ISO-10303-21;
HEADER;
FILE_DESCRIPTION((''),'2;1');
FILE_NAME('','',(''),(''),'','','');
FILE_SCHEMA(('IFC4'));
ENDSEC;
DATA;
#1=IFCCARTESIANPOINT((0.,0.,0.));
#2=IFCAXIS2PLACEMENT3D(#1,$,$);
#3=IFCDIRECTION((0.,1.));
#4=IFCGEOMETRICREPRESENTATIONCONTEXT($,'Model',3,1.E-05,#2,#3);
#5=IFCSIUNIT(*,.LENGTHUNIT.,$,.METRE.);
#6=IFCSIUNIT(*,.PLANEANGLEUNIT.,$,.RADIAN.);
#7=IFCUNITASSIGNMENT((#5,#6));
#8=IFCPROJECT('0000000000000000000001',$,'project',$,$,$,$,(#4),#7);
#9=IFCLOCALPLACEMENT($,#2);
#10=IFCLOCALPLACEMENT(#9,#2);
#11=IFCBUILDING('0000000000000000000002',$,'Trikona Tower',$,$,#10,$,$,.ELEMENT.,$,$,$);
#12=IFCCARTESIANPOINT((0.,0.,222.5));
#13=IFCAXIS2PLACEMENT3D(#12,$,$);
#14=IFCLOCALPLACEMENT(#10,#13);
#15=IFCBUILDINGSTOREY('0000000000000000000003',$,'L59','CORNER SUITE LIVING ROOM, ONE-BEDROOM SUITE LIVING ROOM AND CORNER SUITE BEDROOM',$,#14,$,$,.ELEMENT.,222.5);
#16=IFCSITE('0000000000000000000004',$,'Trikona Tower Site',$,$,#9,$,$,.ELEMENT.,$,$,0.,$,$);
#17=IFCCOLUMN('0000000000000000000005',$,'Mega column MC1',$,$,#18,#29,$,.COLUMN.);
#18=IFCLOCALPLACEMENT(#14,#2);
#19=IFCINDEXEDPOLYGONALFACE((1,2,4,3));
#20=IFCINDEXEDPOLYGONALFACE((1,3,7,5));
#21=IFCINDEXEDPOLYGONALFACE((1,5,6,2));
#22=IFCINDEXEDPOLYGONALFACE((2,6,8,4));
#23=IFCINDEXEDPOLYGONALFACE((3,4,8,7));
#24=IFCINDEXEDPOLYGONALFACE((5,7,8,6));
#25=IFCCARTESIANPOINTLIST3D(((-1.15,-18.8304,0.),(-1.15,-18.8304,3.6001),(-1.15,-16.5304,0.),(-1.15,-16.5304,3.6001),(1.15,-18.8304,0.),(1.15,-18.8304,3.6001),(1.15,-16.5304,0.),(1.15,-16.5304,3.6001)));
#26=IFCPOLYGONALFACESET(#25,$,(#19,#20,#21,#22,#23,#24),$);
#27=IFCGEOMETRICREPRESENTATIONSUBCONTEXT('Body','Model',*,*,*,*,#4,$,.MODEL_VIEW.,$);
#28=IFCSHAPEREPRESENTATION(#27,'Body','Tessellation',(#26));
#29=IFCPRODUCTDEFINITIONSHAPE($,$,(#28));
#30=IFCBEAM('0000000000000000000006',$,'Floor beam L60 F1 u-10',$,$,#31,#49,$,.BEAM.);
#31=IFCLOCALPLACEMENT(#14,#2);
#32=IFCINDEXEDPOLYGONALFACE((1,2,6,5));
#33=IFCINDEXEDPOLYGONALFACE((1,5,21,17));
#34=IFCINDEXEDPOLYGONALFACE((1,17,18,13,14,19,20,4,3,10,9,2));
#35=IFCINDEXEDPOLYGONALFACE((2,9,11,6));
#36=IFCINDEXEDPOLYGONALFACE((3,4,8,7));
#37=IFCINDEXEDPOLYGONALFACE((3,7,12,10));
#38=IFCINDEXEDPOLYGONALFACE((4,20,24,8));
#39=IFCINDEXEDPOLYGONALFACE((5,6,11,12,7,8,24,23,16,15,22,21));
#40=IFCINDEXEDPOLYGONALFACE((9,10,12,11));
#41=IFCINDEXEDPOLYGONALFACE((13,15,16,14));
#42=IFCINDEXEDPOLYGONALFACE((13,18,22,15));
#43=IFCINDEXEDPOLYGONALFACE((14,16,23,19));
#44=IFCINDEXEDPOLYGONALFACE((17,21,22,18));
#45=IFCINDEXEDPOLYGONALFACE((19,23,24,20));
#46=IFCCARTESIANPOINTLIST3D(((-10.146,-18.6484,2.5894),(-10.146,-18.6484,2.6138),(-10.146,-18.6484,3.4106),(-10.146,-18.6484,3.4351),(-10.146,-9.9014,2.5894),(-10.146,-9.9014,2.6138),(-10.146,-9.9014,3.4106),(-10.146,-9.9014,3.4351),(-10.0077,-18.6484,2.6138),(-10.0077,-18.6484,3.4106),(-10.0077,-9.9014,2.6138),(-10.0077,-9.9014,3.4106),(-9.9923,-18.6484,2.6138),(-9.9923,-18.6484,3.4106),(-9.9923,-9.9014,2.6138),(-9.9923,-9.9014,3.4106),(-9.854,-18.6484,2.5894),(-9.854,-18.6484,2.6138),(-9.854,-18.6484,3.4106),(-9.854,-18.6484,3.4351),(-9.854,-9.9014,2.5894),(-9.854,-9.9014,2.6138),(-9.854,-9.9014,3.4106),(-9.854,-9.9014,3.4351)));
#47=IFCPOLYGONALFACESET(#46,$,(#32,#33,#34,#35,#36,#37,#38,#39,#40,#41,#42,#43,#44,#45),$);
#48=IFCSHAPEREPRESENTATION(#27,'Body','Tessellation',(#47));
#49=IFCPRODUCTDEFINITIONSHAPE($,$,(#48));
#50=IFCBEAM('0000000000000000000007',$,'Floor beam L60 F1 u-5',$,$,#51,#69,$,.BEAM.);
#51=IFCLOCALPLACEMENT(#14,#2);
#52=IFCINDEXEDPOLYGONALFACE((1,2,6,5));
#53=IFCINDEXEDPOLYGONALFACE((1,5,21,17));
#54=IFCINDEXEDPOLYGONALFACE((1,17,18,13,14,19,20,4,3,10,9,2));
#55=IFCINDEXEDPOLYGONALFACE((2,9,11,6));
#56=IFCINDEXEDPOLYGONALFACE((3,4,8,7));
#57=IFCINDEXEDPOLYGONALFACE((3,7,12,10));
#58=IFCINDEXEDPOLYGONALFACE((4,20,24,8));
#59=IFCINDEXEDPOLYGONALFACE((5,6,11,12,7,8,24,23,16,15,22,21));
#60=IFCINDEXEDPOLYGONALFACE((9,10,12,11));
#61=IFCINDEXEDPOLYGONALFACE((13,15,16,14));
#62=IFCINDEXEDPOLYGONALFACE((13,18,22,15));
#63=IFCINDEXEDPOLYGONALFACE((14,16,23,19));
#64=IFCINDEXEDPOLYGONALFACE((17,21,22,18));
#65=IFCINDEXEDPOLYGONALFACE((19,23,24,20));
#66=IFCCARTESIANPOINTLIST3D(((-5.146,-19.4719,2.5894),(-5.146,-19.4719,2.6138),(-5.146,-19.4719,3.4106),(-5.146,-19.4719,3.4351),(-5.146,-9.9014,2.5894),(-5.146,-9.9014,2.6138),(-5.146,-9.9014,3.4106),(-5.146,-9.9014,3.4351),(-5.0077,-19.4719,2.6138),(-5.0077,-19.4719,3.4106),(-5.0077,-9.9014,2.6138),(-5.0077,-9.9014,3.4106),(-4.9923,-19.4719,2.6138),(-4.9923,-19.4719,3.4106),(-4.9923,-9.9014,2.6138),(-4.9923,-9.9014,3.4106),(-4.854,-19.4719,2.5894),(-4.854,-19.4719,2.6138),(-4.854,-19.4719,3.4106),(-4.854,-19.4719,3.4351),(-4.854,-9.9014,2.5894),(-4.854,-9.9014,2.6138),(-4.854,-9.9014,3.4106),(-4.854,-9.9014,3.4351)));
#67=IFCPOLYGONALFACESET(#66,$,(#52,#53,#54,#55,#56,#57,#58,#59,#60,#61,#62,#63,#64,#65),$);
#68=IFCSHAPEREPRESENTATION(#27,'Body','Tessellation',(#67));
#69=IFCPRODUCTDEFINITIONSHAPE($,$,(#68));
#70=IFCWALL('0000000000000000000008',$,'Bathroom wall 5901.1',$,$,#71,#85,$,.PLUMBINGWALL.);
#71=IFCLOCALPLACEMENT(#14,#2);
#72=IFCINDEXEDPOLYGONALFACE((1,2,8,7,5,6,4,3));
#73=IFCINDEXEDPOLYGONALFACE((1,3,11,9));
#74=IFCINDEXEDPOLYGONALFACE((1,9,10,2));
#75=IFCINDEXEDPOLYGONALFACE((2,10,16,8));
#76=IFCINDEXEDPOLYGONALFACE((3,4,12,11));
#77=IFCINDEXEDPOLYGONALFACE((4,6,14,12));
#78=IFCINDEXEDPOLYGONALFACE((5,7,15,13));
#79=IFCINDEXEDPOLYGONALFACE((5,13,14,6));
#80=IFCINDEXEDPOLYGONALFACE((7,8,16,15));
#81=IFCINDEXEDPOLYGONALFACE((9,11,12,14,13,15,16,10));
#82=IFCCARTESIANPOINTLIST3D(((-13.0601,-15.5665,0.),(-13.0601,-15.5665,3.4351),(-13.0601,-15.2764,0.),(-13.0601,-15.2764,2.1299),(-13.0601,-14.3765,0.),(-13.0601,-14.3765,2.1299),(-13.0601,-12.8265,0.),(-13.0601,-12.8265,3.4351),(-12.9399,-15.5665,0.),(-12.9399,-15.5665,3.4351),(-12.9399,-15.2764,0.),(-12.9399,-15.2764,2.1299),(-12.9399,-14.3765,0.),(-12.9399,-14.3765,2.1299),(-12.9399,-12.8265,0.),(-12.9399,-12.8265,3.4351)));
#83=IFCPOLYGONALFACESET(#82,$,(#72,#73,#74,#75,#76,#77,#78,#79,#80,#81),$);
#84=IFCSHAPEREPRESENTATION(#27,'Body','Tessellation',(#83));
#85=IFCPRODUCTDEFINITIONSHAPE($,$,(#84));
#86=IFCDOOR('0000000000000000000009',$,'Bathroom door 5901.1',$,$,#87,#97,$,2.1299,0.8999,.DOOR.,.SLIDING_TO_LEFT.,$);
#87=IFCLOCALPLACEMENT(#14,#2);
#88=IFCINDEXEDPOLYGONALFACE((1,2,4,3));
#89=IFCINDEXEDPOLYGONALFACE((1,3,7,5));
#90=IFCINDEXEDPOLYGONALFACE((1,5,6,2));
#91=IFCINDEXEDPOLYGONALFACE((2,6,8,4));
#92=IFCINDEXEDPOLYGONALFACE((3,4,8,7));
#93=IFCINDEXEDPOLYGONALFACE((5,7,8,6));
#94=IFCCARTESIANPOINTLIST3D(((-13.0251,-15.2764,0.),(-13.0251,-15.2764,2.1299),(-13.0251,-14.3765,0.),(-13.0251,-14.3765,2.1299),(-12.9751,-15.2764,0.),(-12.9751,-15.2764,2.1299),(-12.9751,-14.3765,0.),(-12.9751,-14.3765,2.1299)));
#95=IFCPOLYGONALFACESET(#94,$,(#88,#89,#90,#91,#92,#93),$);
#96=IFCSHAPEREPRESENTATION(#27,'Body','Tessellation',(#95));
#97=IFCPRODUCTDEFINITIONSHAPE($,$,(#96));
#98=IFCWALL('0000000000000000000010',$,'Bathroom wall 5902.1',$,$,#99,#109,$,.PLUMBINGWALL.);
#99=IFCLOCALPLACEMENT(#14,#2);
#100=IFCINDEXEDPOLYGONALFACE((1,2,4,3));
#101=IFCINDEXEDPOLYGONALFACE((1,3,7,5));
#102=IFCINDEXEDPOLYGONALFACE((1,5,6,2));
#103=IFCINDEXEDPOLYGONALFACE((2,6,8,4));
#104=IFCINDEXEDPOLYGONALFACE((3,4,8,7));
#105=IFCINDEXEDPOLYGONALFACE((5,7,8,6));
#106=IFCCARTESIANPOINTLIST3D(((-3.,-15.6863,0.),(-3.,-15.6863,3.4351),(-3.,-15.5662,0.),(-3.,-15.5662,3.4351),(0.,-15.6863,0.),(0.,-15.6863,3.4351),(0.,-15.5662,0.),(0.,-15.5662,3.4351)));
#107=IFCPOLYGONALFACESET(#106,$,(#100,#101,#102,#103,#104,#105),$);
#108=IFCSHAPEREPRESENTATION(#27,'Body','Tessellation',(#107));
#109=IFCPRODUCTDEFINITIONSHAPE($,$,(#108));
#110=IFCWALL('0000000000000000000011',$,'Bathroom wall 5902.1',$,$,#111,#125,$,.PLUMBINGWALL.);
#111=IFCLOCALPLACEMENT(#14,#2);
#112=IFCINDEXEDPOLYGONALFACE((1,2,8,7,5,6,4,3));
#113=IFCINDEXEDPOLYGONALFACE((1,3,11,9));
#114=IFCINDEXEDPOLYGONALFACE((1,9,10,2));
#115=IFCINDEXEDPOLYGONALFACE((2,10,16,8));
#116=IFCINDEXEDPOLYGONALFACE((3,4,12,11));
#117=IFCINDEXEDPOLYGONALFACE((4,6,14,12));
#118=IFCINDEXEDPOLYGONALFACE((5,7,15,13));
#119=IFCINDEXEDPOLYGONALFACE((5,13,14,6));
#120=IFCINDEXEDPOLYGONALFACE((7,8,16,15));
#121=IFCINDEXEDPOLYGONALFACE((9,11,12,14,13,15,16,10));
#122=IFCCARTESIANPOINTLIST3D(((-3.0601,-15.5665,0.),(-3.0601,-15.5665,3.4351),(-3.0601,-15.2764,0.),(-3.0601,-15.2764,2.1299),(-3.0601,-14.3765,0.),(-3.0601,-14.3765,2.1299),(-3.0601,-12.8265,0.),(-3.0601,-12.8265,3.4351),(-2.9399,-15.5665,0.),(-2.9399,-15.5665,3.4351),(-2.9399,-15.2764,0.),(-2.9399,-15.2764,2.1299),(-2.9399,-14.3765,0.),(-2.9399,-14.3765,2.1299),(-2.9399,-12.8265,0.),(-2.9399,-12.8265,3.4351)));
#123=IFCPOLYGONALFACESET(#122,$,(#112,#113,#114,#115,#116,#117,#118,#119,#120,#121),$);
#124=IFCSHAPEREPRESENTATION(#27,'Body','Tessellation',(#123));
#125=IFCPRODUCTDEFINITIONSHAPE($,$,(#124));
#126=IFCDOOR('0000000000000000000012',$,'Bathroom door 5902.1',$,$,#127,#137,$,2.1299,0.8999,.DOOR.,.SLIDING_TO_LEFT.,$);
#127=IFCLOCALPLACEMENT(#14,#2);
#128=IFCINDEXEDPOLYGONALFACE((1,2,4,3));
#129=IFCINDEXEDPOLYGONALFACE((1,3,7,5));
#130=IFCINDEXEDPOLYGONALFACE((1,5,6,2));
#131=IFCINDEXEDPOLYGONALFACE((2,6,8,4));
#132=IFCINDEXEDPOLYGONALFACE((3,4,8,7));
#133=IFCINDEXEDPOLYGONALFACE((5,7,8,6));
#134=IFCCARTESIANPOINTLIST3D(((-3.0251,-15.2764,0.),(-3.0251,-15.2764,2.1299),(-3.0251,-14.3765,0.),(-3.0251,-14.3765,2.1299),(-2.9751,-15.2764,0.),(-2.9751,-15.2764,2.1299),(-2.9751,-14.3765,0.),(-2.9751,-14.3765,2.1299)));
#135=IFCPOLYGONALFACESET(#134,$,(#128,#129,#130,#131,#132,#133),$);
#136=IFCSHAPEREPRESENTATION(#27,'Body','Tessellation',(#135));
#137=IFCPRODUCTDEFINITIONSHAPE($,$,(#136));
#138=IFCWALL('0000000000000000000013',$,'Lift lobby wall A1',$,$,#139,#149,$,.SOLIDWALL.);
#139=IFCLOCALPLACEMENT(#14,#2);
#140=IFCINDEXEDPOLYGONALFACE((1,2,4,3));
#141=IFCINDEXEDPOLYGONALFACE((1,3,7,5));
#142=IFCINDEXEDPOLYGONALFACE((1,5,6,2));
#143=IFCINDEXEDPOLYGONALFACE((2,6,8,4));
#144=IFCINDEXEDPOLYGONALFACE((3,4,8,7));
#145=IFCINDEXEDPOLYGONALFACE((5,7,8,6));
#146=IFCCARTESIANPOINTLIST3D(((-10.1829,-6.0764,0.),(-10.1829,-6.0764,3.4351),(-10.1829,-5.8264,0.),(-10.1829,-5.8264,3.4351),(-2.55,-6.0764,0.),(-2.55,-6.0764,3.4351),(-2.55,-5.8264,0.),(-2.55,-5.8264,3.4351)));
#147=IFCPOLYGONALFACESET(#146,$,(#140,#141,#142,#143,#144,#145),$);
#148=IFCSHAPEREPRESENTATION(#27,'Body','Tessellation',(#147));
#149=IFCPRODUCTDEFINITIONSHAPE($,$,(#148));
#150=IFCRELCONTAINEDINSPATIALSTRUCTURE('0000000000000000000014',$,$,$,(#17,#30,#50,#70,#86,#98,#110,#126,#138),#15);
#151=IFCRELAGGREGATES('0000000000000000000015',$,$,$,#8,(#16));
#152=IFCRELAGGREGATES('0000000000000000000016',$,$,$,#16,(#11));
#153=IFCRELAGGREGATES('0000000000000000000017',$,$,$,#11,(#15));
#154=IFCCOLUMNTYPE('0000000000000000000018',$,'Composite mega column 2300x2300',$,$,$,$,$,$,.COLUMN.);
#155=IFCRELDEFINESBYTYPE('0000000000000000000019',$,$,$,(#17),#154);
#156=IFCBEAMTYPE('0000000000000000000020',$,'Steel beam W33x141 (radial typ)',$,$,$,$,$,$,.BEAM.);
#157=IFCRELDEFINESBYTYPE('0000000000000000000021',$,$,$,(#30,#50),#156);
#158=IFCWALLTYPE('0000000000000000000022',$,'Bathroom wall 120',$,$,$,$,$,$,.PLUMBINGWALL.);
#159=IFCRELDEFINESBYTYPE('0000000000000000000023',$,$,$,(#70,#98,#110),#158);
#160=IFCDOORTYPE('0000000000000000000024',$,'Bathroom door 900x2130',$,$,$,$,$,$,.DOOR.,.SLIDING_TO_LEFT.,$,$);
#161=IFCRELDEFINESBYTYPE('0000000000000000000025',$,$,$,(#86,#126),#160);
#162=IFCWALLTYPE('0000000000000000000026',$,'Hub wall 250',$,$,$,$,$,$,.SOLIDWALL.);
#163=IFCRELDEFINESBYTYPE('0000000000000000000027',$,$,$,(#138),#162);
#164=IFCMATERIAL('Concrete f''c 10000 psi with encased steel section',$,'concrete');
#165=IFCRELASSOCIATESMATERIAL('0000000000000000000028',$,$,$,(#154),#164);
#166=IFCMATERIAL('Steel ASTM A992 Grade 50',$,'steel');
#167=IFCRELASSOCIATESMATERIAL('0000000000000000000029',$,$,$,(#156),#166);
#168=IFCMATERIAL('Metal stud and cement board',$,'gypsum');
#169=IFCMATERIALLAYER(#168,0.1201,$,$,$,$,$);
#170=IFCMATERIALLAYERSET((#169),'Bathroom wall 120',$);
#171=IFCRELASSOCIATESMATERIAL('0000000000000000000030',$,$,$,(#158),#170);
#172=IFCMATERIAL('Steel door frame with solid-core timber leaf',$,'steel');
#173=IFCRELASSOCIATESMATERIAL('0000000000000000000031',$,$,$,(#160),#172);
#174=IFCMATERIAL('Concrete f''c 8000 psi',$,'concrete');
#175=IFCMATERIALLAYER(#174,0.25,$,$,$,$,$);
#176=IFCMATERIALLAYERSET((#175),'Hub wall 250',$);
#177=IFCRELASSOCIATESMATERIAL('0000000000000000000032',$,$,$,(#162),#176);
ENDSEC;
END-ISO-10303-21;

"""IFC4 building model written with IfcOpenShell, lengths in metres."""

from ifc_helpers import new_model, si_unit, direction, frame, frame_2d, origin, origin_2d, place, context, subcontext, project, spatial, rectangle, i_section, extrude, material, layer, layer_set, material_profile, profile_set, type_object, element, fill, save


model = new_model("IFC4")

# Units and contexts
model_context = context("Model", 3, precision=1e-05, world=origin(), true_north=direction((0.0, 1.0)))
body_context = subcontext(model_context, "Body", "Model", "MODEL_VIEW")
ifc_project = project(units=[si_unit("LENGTHUNIT", "METRE"), si_unit("PLANEANGLEUNIT", "RADIAN")], contexts=[model_context])

# Site, building, storey
site_placement = place(None, origin())
site = spatial("IfcSite", under=ifc_project, at=site_placement, Name="Trikona Tower Site", CompositionType="ELEMENT", RefElevation=0.0)
building_placement = place(site_placement, origin())
building = spatial("IfcBuilding", under=site, at=building_placement, Name="Trikona Tower", CompositionType="ELEMENT")
storey_placement = place(building_placement, frame((0.0, 0.0, 222.5)))
storey = spatial("IfcBuildingStorey", under=building, at=storey_placement, Name="L59", Description="CORNER SUITE LIVING ROOM, ONE-BEDROOM SUITE LIVING ROOM AND CORNER SUITE BEDROOM", CompositionType="ELEMENT", Elevation=222.5)

# Column
ifc_material_1 = material(Name="Concrete f'c 10000 psi with encased steel section", Category="concrete")
ifc_material_profile_1 = material_profile(ifc_material_1, rectangle(XDim=2.3, YDim=2.3, at=origin_2d()), Name="MC2300")
ifc_profile_set_1 = profile_set([ifc_material_profile_1], Name="Concrete f'c 10000 psi with encased steel section")
column_type = type_object("IfcColumnType", Name="Composite mega column 2300x2300", PredefinedType="COLUMN", material=ifc_profile_set_1)
column_placement = place(storey_placement, frame((0.0, -17.6804, 0.0), z_axis=(0.0, 0.0, 1.0), x_axis=(0.0, -1.0, 0.0)))
element("IfcColumn", 1, at=column_placement, inside=storey, type_object=column_type, Name="Mega column MC1", PredefinedType="COLUMN", context=body_context, shape_type="SweptSolid", body=[
    extrude(rectangle(XDim=2.3, YDim=2.3, at=origin_2d()), origin(), (0.0, 0.0, 1.0), 3.6001),
])

# Beams
ifc_material_2 = material(Name="Steel ASTM A992 Grade 50", Category="steel")
ifc_material_profile_2 = material_profile(ifc_material_2, i_section(OverallWidth=0.292, OverallDepth=0.8457, WebThickness=0.0154, FlangeThickness=0.0244, at=origin_2d()), Name="W33X141")
ifc_profile_set_2 = profile_set([ifc_material_profile_2], Name="Steel ASTM A992 Grade 50")
beam_type = type_object("IfcBeamType", Name="Steel beam W33x141 (radial typ)", PredefinedType="BEAM", material=ifc_profile_set_2)
beam_1_placement = place(storey_placement, frame((-10.0, -9.9014, 3.0122), z_axis=(0.0, -1.0, 0.0), x_axis=(1.0, 0.0, 0.0)))
element("IfcBeam", 2, at=beam_1_placement, inside=storey, type_object=beam_type, Name="Floor beam L60 F1 u-10", PredefinedType="BEAM", context=body_context, shape_type="SweptSolid", body=[
    extrude(i_section(OverallWidth=0.292, OverallDepth=0.8457, WebThickness=0.0154, FlangeThickness=0.0244, at=origin_2d()), origin(), (0.0, 0.0, 1.0), 8.7471),
])
beam_2_placement = place(storey_placement, frame((-5.0, -9.9014, 3.0122), z_axis=(0.0, -1.0, 0.0), x_axis=(1.0, 0.0, 0.0)))
element("IfcBeam", 3, at=beam_2_placement, inside=storey, type_object=beam_type, Name="Floor beam L60 F1 u-5", PredefinedType="BEAM", context=body_context, shape_type="SweptSolid", body=[
    extrude(i_section(OverallWidth=0.292, OverallDepth=0.8457, WebThickness=0.0154, FlangeThickness=0.0244, at=origin_2d()), origin(), (0.0, 0.0, 1.0), 9.5706),
])

# Wall, opening, door
ifc_material_3 = material(Name="Metal stud and cement board", Category="gypsum")
ifc_layer_1 = layer(ifc_material_3, 0.1201)
ifc_layer_set_1 = layer_set([ifc_layer_1], Name="Bathroom wall 120")
wall_type_1 = type_object("IfcWallType", Name="Bathroom wall 120", PredefinedType="PLUMBINGWALL", material=ifc_layer_set_1)
wall_1_placement = place(storey_placement, frame((-13.0, -12.8264, 0.0), z_axis=(0.0, 0.0, 1.0), x_axis=(0.0, -1.0, 0.0)))
wall_1 = element("IfcWall", 4, at=wall_1_placement, inside=storey, type_object=wall_type_1, Name="Bathroom wall 5901.1", PredefinedType="PLUMBINGWALL", context=body_context, shape_type="SweptSolid", body=[
    extrude(rectangle(XDim=2.74, YDim=0.1201, at=frame_2d((1.3701, 0.0))), origin(), (0.0, 0.0, 1.0), 3.4351),
])
opening_1_placement = place(wall_1_placement, frame((1.55, 0.0, 0.0)))
opening_1 = element("IfcOpeningElement", 5, at=opening_1_placement, cuts=wall_1, PredefinedType="OPENING", context=body_context, shape_type="SweptSolid", body=[
    extrude(rectangle(XDim=0.8999, YDim=2.1299, at=frame_2d((0.45, 1.0649))), frame((0.0, 0.0701, 0.0), z_axis=(0.0, -1.0, 0.0), x_axis=(1.0, 0.0, 0.0)), (0.0, 0.0, 1.0), 0.1401),
])
ifc_material_4 = material(Name="Steel door frame with solid-core timber leaf", Category="steel")
door_type_1 = type_object("IfcDoorType", Name="Bathroom door 900x2130", OperationType="SLIDING_TO_LEFT", PredefinedType="DOOR", material=ifc_material_4)
door_1_placement = place(opening_1_placement, origin())
door_1 = element("IfcDoor", 6, at=door_1_placement, inside=storey, type_object=door_type_1, Name="Bathroom door 5901.1", OperationType="SLIDING_TO_LEFT", OverallHeight=2.1299, OverallWidth=0.8999, PredefinedType="DOOR", context=body_context, shape_type="SweptSolid", body=[
    extrude(rectangle(XDim=0.8999, YDim=2.1299, at=frame_2d((0.45, 1.0649))), frame((0.0, 0.0249, 0.0), z_axis=(0.0, -1.0, 0.0), x_axis=(1.0, 0.0, 0.0)), (0.0, 0.0, 1.0), 0.05),
])
fill(opening_1, door_1)

# Wall
wall_2_placement = place(storey_placement, frame((-3.0, -15.6262, 0.0), z_axis=(0.0, 0.0, 1.0), x_axis=(1.0, 0.0, 0.0)))
element("IfcWall", 7, at=wall_2_placement, inside=storey, type_object=wall_type_1, Name="Bathroom wall 5902.1", PredefinedType="PLUMBINGWALL", context=body_context, shape_type="SweptSolid", body=[
    extrude(rectangle(XDim=3.0, YDim=0.1201, at=frame_2d((1.5, 0.0))), origin(), (0.0, 0.0, 1.0), 3.4351),
])

# Wall, opening, door
wall_3_placement = place(storey_placement, frame((-3.0, -12.8264, 0.0), z_axis=(0.0, 0.0, 1.0), x_axis=(0.0, -1.0, 0.0)))
wall_3 = element("IfcWall", 8, at=wall_3_placement, inside=storey, type_object=wall_type_1, Name="Bathroom wall 5902.1", PredefinedType="PLUMBINGWALL", context=body_context, shape_type="SweptSolid", body=[
    extrude(rectangle(XDim=2.74, YDim=0.1201, at=frame_2d((1.3701, 0.0))), origin(), (0.0, 0.0, 1.0), 3.4351),
])
opening_2_placement = place(wall_3_placement, frame((1.55, 0.0, 0.0)))
opening_2 = element("IfcOpeningElement", 9, at=opening_2_placement, cuts=wall_3, PredefinedType="OPENING", context=body_context, shape_type="SweptSolid", body=[
    extrude(rectangle(XDim=0.8999, YDim=2.1299, at=frame_2d((0.45, 1.0649))), frame((0.0, 0.0701, 0.0), z_axis=(0.0, -1.0, 0.0), x_axis=(1.0, 0.0, 0.0)), (0.0, 0.0, 1.0), 0.1401),
])
door_2_placement = place(opening_2_placement, origin())
door_2 = element("IfcDoor", 10, at=door_2_placement, inside=storey, type_object=door_type_1, Name="Bathroom door 5902.1", OperationType="SLIDING_TO_LEFT", OverallHeight=2.1299, OverallWidth=0.8999, PredefinedType="DOOR", context=body_context, shape_type="SweptSolid", body=[
    extrude(rectangle(XDim=0.8999, YDim=2.1299, at=frame_2d((0.45, 1.0649))), frame((0.0, 0.0249, 0.0), z_axis=(0.0, -1.0, 0.0), x_axis=(1.0, 0.0, 0.0)), (0.0, 0.0, 1.0), 0.05),
])
fill(opening_2, door_2)

# Wall
ifc_material_5 = material(Name="Concrete f'c 8000 psi", Category="concrete")
ifc_layer_2 = layer(ifc_material_5, 0.25)
ifc_layer_set_2 = layer_set([ifc_layer_2], Name="Hub wall 250")
wall_type_2 = type_object("IfcWallType", Name="Hub wall 250", PredefinedType="SOLIDWALL", material=ifc_layer_set_2)
wall_4_placement = place(storey_placement, frame((-10.1829, -5.9514, 0.0), z_axis=(0.0, 0.0, 1.0), x_axis=(1.0, 0.0, 0.0)))
element("IfcWall", 11, at=wall_4_placement, inside=storey, type_object=wall_type_2, Name="Lift lobby wall A1", PredefinedType="SOLIDWALL", context=body_context, shape_type="SweptSolid", body=[
    extrude(rectangle(XDim=7.6328, YDim=0.25, at=frame_2d((3.8164, 0.0))), origin(), (0.0, 0.0, 1.0), 3.4351),
])

save(model, "model.ifc")
